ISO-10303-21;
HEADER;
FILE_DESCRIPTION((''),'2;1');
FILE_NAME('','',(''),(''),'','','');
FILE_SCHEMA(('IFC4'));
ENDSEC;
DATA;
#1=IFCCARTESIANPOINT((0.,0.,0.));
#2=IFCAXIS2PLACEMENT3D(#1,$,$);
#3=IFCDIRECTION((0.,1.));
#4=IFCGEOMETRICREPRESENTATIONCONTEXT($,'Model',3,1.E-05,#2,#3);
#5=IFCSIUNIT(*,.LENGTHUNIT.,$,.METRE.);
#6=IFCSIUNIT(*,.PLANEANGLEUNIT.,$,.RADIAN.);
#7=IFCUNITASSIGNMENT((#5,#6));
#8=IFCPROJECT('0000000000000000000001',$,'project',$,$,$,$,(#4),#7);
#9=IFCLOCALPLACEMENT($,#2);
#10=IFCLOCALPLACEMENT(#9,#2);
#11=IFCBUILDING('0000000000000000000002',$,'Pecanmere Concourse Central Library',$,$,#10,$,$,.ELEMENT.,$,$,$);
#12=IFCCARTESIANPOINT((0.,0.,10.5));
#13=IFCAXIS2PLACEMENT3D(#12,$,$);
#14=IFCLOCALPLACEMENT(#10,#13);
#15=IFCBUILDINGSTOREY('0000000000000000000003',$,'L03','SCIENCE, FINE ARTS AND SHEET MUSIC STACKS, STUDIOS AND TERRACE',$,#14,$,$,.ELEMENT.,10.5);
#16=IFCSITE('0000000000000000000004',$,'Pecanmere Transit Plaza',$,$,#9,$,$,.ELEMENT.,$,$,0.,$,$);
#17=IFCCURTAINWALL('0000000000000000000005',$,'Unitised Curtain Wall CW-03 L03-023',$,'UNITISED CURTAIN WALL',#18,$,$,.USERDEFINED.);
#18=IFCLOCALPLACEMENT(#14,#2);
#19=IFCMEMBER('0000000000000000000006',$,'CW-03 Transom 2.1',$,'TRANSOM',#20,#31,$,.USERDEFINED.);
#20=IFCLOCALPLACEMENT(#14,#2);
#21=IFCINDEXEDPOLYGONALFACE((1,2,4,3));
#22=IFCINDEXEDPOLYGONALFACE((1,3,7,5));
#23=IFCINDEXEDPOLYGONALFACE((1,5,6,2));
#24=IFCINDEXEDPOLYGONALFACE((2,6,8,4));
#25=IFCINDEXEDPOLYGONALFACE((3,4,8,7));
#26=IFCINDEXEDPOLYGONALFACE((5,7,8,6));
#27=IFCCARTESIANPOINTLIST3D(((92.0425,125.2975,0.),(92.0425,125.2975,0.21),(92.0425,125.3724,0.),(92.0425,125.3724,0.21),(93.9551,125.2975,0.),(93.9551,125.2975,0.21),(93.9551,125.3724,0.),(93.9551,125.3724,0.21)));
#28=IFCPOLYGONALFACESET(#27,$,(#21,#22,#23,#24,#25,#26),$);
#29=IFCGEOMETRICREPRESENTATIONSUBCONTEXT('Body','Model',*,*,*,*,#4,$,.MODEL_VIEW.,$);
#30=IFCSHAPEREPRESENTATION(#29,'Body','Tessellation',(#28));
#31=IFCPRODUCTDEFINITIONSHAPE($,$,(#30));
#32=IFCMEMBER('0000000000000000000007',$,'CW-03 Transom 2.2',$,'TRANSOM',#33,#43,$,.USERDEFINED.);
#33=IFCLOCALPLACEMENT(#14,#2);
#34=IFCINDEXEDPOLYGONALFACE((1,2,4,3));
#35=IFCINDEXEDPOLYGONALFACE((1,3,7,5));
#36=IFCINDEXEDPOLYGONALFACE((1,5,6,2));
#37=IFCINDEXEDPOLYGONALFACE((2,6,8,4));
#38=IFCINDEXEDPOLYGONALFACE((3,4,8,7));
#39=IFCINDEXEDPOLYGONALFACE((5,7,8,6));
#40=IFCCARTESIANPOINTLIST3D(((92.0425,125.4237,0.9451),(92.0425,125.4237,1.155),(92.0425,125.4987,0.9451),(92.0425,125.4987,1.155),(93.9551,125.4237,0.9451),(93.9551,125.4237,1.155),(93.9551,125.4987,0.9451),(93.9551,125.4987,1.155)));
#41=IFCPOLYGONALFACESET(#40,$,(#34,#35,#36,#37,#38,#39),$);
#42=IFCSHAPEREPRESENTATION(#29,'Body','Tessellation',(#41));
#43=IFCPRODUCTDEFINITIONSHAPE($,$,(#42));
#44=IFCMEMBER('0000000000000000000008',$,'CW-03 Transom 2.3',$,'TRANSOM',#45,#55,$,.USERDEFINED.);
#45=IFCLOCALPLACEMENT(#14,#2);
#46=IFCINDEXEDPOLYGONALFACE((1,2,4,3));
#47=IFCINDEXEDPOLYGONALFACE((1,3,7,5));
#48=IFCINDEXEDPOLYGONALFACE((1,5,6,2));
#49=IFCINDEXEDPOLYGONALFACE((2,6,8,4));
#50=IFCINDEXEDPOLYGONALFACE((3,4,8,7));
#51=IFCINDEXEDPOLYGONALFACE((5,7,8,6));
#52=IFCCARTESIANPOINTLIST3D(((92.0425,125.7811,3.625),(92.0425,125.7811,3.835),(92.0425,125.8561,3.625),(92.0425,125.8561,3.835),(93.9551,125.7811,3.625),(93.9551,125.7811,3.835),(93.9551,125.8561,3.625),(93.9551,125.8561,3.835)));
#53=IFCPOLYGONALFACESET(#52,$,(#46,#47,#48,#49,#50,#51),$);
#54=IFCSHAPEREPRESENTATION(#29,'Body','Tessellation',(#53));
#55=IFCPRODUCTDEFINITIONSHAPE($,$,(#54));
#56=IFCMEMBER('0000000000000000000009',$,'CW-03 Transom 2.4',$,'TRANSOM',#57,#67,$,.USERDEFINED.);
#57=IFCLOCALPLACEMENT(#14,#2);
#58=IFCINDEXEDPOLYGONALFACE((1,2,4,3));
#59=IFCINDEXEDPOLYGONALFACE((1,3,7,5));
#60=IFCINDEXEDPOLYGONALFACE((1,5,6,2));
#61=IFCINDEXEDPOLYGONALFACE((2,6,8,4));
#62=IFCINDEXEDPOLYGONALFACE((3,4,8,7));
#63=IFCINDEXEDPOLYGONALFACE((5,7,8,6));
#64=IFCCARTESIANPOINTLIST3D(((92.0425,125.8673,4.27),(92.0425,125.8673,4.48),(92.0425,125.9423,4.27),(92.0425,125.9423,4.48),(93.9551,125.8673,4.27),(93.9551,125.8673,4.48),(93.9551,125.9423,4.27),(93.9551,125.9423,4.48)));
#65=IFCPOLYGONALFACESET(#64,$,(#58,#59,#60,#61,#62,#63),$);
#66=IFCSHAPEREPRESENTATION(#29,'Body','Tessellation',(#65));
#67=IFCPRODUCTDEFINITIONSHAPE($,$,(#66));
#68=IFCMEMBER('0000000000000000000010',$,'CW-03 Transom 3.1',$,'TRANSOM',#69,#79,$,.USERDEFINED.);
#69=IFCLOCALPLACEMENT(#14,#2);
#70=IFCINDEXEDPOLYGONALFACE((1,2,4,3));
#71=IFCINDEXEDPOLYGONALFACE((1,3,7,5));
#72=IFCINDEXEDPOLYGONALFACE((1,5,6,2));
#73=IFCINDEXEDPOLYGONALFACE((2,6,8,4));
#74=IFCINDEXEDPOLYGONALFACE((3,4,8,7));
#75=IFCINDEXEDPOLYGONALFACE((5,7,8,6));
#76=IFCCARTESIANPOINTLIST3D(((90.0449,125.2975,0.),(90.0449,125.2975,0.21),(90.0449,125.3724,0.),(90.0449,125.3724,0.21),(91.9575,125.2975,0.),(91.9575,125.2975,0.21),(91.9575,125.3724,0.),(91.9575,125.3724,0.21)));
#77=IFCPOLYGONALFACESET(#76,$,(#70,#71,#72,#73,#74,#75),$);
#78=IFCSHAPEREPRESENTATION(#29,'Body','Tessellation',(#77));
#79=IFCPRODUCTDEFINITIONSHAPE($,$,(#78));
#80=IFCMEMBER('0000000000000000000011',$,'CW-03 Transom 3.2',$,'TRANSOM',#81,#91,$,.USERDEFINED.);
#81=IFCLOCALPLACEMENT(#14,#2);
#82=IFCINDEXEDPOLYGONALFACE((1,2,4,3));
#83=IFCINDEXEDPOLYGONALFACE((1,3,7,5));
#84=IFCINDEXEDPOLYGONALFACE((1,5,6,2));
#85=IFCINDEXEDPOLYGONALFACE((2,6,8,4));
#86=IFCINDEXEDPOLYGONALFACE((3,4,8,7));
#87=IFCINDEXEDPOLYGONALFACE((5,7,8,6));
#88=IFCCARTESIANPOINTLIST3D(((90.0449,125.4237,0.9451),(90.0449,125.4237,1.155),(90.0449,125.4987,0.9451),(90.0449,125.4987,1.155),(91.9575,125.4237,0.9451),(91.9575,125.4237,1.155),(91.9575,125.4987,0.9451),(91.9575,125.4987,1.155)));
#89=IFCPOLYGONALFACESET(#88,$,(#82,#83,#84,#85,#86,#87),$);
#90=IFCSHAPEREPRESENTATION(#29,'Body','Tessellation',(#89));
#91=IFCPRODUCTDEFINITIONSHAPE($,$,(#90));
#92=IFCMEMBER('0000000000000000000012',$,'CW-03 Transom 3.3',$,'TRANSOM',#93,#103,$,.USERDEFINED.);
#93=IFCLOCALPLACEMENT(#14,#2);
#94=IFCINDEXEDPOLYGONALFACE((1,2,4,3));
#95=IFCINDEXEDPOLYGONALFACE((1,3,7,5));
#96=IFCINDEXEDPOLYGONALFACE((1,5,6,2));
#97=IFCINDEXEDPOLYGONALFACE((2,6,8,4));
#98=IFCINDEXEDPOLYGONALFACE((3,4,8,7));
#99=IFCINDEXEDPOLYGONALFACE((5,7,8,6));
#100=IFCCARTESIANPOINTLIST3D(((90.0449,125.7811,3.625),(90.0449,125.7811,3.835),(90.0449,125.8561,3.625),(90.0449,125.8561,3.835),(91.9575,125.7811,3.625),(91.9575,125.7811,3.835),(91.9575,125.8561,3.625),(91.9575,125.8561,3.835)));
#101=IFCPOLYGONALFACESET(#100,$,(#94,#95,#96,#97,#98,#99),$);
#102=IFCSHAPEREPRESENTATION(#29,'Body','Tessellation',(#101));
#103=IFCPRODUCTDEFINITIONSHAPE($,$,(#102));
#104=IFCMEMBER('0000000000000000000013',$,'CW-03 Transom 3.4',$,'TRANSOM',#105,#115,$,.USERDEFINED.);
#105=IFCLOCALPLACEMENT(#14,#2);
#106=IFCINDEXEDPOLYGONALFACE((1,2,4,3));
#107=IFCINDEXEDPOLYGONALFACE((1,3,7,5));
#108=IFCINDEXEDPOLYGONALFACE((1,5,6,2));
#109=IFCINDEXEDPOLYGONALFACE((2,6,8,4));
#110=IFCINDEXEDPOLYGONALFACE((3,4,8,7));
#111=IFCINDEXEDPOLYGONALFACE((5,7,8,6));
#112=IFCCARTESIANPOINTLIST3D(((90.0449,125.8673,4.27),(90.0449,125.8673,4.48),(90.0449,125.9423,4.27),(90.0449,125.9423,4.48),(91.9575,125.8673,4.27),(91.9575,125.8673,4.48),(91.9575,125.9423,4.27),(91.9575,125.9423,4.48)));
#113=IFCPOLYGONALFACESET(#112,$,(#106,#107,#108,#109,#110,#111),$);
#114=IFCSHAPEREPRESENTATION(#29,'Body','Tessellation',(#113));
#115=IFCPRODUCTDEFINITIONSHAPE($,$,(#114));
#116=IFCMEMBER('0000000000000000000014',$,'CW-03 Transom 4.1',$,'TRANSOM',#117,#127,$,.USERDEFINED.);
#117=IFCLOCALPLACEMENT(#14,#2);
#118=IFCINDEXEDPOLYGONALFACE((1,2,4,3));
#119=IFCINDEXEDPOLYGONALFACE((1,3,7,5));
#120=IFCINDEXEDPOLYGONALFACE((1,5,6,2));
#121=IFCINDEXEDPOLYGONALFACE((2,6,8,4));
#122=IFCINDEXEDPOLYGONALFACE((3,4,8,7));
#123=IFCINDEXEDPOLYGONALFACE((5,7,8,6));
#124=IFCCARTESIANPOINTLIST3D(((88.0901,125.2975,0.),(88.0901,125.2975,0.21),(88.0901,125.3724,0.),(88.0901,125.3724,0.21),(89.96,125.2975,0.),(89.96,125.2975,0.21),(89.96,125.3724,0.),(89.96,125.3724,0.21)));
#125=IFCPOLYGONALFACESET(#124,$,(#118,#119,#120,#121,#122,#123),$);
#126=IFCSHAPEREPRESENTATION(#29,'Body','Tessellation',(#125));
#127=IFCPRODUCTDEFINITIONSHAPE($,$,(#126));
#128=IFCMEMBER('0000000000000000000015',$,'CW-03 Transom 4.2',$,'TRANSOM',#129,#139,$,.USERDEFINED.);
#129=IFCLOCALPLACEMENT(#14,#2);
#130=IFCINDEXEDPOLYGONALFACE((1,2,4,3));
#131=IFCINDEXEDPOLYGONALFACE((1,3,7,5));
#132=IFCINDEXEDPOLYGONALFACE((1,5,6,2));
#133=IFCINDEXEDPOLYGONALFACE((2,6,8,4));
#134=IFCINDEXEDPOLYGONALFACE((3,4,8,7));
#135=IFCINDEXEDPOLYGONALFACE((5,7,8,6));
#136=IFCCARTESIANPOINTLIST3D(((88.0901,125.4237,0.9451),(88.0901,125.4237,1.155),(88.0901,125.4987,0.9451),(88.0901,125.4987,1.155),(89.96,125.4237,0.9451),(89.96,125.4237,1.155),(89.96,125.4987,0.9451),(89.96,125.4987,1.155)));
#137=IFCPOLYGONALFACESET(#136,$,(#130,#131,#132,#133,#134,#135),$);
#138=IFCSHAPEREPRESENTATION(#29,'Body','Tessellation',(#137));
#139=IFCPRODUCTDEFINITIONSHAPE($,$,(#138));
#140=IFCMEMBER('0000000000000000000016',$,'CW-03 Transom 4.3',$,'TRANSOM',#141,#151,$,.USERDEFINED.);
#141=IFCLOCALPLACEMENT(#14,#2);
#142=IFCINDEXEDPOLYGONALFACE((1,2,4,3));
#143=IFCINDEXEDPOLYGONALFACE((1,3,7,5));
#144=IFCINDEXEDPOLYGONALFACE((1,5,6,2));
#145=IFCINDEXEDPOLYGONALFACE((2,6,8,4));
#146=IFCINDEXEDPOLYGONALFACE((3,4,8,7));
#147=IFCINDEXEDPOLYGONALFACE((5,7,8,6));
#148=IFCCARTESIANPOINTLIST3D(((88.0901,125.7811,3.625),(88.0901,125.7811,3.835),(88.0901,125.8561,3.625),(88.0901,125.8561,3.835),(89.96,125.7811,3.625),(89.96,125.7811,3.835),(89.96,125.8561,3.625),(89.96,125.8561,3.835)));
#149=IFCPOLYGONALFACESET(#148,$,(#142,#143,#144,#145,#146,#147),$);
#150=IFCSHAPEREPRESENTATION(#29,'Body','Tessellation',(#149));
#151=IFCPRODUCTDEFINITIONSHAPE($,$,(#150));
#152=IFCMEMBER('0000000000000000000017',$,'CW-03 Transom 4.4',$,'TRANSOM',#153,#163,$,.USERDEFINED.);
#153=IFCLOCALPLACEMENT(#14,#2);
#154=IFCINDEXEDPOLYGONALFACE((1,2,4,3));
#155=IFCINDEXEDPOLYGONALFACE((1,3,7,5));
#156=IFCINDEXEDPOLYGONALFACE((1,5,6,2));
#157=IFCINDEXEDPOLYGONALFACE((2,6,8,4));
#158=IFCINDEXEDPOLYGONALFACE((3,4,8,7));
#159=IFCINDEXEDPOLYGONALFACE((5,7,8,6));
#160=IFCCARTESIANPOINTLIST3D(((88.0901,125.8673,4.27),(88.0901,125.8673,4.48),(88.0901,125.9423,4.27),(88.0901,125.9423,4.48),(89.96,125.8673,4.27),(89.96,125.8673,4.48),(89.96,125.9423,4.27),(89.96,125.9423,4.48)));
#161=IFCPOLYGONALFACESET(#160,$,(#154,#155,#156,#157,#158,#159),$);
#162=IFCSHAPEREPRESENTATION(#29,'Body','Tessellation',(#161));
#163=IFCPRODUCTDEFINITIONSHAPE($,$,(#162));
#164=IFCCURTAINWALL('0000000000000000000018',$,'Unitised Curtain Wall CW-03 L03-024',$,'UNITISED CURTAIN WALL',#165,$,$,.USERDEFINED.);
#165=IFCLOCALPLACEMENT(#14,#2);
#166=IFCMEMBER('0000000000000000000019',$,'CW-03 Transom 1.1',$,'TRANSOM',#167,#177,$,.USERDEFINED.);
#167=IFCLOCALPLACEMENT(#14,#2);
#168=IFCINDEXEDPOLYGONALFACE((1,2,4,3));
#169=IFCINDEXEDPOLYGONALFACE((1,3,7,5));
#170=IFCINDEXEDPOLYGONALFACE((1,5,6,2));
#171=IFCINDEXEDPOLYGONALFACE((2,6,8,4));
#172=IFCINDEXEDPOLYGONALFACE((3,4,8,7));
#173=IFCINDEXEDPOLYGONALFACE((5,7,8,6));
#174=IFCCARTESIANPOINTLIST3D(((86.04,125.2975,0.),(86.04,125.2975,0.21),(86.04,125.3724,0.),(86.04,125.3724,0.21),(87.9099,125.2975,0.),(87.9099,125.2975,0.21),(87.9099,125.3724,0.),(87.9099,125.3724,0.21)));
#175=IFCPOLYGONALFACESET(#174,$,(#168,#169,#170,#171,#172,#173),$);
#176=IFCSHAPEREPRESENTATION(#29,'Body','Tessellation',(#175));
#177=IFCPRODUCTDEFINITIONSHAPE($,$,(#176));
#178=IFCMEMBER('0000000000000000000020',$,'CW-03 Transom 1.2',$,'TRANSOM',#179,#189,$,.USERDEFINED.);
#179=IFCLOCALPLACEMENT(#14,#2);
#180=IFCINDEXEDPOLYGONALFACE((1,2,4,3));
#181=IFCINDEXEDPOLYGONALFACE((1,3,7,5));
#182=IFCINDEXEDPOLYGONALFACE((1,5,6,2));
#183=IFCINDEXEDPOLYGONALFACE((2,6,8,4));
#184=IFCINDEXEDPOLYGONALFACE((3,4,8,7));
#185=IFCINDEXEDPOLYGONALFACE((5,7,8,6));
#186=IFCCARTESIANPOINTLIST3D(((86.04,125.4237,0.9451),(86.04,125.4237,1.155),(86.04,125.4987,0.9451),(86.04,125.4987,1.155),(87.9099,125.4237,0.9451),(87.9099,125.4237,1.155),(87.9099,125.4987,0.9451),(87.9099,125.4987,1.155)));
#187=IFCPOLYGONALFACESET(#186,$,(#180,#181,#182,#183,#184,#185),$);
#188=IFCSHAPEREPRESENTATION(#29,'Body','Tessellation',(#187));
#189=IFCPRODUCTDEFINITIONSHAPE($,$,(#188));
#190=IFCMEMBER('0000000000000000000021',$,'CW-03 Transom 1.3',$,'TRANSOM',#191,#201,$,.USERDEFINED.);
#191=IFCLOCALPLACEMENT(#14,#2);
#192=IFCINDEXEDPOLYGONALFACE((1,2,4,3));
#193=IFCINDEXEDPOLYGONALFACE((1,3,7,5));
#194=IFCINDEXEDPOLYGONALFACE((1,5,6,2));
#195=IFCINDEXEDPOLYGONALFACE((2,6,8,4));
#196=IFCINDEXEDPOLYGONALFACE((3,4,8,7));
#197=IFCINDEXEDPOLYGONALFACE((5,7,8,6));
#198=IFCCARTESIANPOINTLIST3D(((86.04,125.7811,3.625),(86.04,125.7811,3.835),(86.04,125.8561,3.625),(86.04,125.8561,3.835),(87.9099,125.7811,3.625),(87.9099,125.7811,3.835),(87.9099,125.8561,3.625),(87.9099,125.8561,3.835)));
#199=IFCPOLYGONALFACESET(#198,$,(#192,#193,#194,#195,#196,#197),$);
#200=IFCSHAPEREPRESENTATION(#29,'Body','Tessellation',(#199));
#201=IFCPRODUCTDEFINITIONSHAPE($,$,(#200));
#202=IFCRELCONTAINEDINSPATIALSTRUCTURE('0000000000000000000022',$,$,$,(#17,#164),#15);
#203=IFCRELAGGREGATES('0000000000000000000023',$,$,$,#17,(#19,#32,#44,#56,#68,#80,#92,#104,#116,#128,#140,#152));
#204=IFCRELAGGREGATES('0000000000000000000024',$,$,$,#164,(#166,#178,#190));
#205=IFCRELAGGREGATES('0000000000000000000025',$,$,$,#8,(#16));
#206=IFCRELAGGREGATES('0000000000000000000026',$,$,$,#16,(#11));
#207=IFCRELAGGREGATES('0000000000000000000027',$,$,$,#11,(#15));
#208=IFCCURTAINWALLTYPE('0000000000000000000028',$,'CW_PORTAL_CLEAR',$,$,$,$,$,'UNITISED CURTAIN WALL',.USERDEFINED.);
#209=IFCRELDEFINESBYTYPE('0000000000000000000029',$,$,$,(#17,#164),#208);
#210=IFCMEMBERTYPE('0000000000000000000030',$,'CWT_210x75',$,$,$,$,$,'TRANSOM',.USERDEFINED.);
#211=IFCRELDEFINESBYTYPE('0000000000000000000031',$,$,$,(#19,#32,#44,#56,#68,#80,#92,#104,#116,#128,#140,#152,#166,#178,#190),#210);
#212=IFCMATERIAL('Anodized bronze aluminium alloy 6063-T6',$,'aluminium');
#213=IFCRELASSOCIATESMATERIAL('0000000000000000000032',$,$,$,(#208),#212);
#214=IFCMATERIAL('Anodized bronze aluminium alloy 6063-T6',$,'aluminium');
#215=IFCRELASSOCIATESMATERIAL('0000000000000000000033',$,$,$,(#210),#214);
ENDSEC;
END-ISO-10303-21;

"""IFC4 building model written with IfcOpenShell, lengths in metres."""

from ifc_helpers import new_model, si_unit, direction, frame, origin, origin_2d, place, context, subcontext, project, spatial, rectangle, extrude, material, material_profile, profile_set, type_object, element, aggregate, save


model = new_model("IFC4")

# Units and contexts
model_context = context("Model", 3, precision=1e-05, world=origin(), true_north=direction((0.0, 1.0)))
body_context = subcontext(model_context, "Body", "Model", "MODEL_VIEW")
ifc_project = project(units=[si_unit("LENGTHUNIT", "METRE"), si_unit("PLANEANGLEUNIT", "RADIAN")], contexts=[model_context])

# Site, building, storey
site_placement = place(None, origin())
site = spatial("IfcSite", under=ifc_project, at=site_placement, Name="Pecanmere Transit Plaza", CompositionType="ELEMENT", RefElevation=0.0)
building_placement = place(site_placement, origin())
building = spatial("IfcBuilding", under=site, at=building_placement, Name="Pecanmere Concourse Central Library", CompositionType="ELEMENT")
storey_placement = place(building_placement, frame((0.0, 0.0, 10.5)))
storey = spatial("IfcBuildingStorey", under=building, at=storey_placement, Name="L03", Description="SCIENCE, FINE ARTS AND SHEET MUSIC STACKS, STUDIOS AND TERRACE", CompositionType="ELEMENT", Elevation=10.5)

# Curtain walls, members
ifc_material_1 = material(Name="Anodized bronze aluminium alloy 6063-T6", Category="aluminium")
curtain_wall_type = type_object("IfcCurtainWallType", Name="CW_PORTAL_CLEAR", ElementType="UNITISED CURTAIN WALL", PredefinedType="USERDEFINED", material=ifc_material_1)
curtain_wall_1_placement = place(storey_placement, origin())
curtain_wall_1 = element("IfcCurtainWall", 1, at=curtain_wall_1_placement, inside=storey, type_object=curtain_wall_type, Name="Unitised Curtain Wall CW-03 L03-023", ObjectType="UNITISED CURTAIN WALL", PredefinedType="USERDEFINED")
ifc_material_2 = material(Name="Anodized bronze aluminium alloy 6063-T6", Category="aluminium")
ifc_material_profile = material_profile(ifc_material_2, rectangle(XDim=0.075, YDim=0.21, at=origin_2d()), Name="AL 75x210")
ifc_profile_set = profile_set([ifc_material_profile], Name="Anodized bronze aluminium alloy 6063-T6")
member_type = type_object("IfcMemberType", Name="CWT_210x75", ElementType="TRANSOM", PredefinedType="USERDEFINED", material=ifc_profile_set)
member_1_placement = place(storey_placement, frame((93.9551, 125.335, 0.105), z_axis=(-1.0, 0.0, 0.0), x_axis=(0.0, -1.0, 0.0)))
member_1 = element("IfcMember", 2, at=member_1_placement, type_object=member_type, Name="CW-03 Transom 2.1", ObjectType="TRANSOM", PredefinedType="USERDEFINED", context=body_context, shape_type="SweptSolid", body=[
    extrude(rectangle(XDim=0.075, YDim=0.21, at=origin_2d()), origin(), (0.0, 0.0, 1.0), 1.9126),
])
member_2_placement = place(storey_placement, frame((93.9551, 125.4612, 1.05), z_axis=(-1.0, 0.0, 0.0), x_axis=(0.0, -1.0, 0.0)))
member_2 = element("IfcMember", 3, at=member_2_placement, type_object=member_type, Name="CW-03 Transom 2.2", ObjectType="TRANSOM", PredefinedType="USERDEFINED", context=body_context, shape_type="SweptSolid", body=[
    extrude(rectangle(XDim=0.075, YDim=0.21, at=origin_2d()), origin(), (0.0, 0.0, 1.0), 1.9126),
])
member_3_placement = place(storey_placement, frame((93.9551, 125.8186, 3.73), z_axis=(-1.0, 0.0, 0.0), x_axis=(0.0, -1.0, 0.0)))
member_3 = element("IfcMember", 4, at=member_3_placement, type_object=member_type, Name="CW-03 Transom 2.3", ObjectType="TRANSOM", PredefinedType="USERDEFINED", context=body_context, shape_type="SweptSolid", body=[
    extrude(rectangle(XDim=0.075, YDim=0.21, at=origin_2d()), origin(), (0.0, 0.0, 1.0), 1.9126),
])
member_4_placement = place(storey_placement, frame((93.9551, 125.9048, 4.375), z_axis=(-1.0, 0.0, 0.0), x_axis=(0.0, -1.0, 0.0)))
member_4 = element("IfcMember", 5, at=member_4_placement, type_object=member_type, Name="CW-03 Transom 2.4", ObjectType="TRANSOM", PredefinedType="USERDEFINED", context=body_context, shape_type="SweptSolid", body=[
    extrude(rectangle(XDim=0.075, YDim=0.21, at=origin_2d()), origin(), (0.0, 0.0, 1.0), 1.9126),
])
member_5_placement = place(storey_placement, frame((91.9575, 125.335, 0.105), z_axis=(-1.0, 0.0, 0.0), x_axis=(0.0, -1.0, 0.0)))
member_5 = element("IfcMember", 6, at=member_5_placement, type_object=member_type, Name="CW-03 Transom 3.1", ObjectType="TRANSOM", PredefinedType="USERDEFINED", context=body_context, shape_type="SweptSolid", body=[
    extrude(rectangle(XDim=0.075, YDim=0.21, at=origin_2d()), origin(), (0.0, 0.0, 1.0), 1.9126),
])
member_6_placement = place(storey_placement, frame((91.9575, 125.4612, 1.05), z_axis=(-1.0, 0.0, 0.0), x_axis=(0.0, -1.0, 0.0)))
member_6 = element("IfcMember", 7, at=member_6_placement, type_object=member_type, Name="CW-03 Transom 3.2", ObjectType="TRANSOM", PredefinedType="USERDEFINED", context=body_context, shape_type="SweptSolid", body=[
    extrude(rectangle(XDim=0.075, YDim=0.21, at=origin_2d()), origin(), (0.0, 0.0, 1.0), 1.9126),
])
member_7_placement = place(storey_placement, frame((91.9575, 125.8186, 3.73), z_axis=(-1.0, 0.0, 0.0), x_axis=(0.0, -1.0, 0.0)))
member_7 = element("IfcMember", 8, at=member_7_placement, type_object=member_type, Name="CW-03 Transom 3.3", ObjectType="TRANSOM", PredefinedType="USERDEFINED", context=body_context, shape_type="SweptSolid", body=[
    extrude(rectangle(XDim=0.075, YDim=0.21, at=origin_2d()), origin(), (0.0, 0.0, 1.0), 1.9126),
])
member_8_placement = place(storey_placement, frame((91.9575, 125.9048, 4.375), z_axis=(-1.0, 0.0, 0.0), x_axis=(0.0, -1.0, 0.0)))
member_8 = element("IfcMember", 9, at=member_8_placement, type_object=member_type, Name="CW-03 Transom 3.4", ObjectType="TRANSOM", PredefinedType="USERDEFINED", context=body_context, shape_type="SweptSolid", body=[
    extrude(rectangle(XDim=0.075, YDim=0.21, at=origin_2d()), origin(), (0.0, 0.0, 1.0), 1.9126),
])
member_9_placement = place(storey_placement, frame((89.96, 125.335, 0.105), z_axis=(-1.0, 0.0, 0.0), x_axis=(0.0, -1.0, 0.0)))
member_9 = element("IfcMember", 10, at=member_9_placement, type_object=member_type, Name="CW-03 Transom 4.1", ObjectType="TRANSOM", PredefinedType="USERDEFINED", context=body_context, shape_type="SweptSolid", body=[
    extrude(rectangle(XDim=0.075, YDim=0.21, at=origin_2d()), origin(), (0.0, 0.0, 1.0), 1.8699),
])
member_10_placement = place(storey_placement, frame((89.96, 125.4612, 1.05), z_axis=(-1.0, 0.0, 0.0), x_axis=(0.0, -1.0, 0.0)))
member_10 = element("IfcMember", 11, at=member_10_placement, type_object=member_type, Name="CW-03 Transom 4.2", ObjectType="TRANSOM", PredefinedType="USERDEFINED", context=body_context, shape_type="SweptSolid", body=[
    extrude(rectangle(XDim=0.075, YDim=0.21, at=origin_2d()), origin(), (0.0, 0.0, 1.0), 1.8699),
])
member_11_placement = place(storey_placement, frame((89.96, 125.8186, 3.73), z_axis=(-1.0, 0.0, 0.0), x_axis=(0.0, -1.0, 0.0)))
member_11 = element("IfcMember", 12, at=member_11_placement, type_object=member_type, Name="CW-03 Transom 4.3", ObjectType="TRANSOM", PredefinedType="USERDEFINED", context=body_context, shape_type="SweptSolid", body=[
    extrude(rectangle(XDim=0.075, YDim=0.21, at=origin_2d()), origin(), (0.0, 0.0, 1.0), 1.8699),
])
member_12_placement = place(storey_placement, frame((89.96, 125.9048, 4.375), z_axis=(-1.0, 0.0, 0.0), x_axis=(0.0, -1.0, 0.0)))
member_12 = element("IfcMember", 13, at=member_12_placement, type_object=member_type, Name="CW-03 Transom 4.4", ObjectType="TRANSOM", PredefinedType="USERDEFINED", context=body_context, shape_type="SweptSolid", body=[
    extrude(rectangle(XDim=0.075, YDim=0.21, at=origin_2d()), origin(), (0.0, 0.0, 1.0), 1.8699),
])
curtain_wall_2_placement = place(storey_placement, origin())
curtain_wall_2 = element("IfcCurtainWall", 14, at=curtain_wall_2_placement, inside=storey, type_object=curtain_wall_type, Name="Unitised Curtain Wall CW-03 L03-024", ObjectType="UNITISED CURTAIN WALL", PredefinedType="USERDEFINED")
member_13_placement = place(storey_placement, frame((87.9099, 125.335, 0.105), z_axis=(-1.0, 0.0, 0.0), x_axis=(0.0, -1.0, 0.0)))
member_13 = element("IfcMember", 15, at=member_13_placement, type_object=member_type, Name="CW-03 Transom 1.1", ObjectType="TRANSOM", PredefinedType="USERDEFINED", context=body_context, shape_type="SweptSolid", body=[
    extrude(rectangle(XDim=0.075, YDim=0.21, at=origin_2d()), origin(), (0.0, 0.0, 1.0), 1.8699),
])
member_14_placement = place(storey_placement, frame((87.9099, 125.4612, 1.05), z_axis=(-1.0, 0.0, 0.0), x_axis=(0.0, -1.0, 0.0)))
member_14 = element("IfcMember", 16, at=member_14_placement, type_object=member_type, Name="CW-03 Transom 1.2", ObjectType="TRANSOM", PredefinedType="USERDEFINED", context=body_context, shape_type="SweptSolid", body=[
    extrude(rectangle(XDim=0.075, YDim=0.21, at=origin_2d()), origin(), (0.0, 0.0, 1.0), 1.8699),
])
member_15_placement = place(storey_placement, frame((87.9099, 125.8186, 3.73), z_axis=(-1.0, 0.0, 0.0), x_axis=(0.0, -1.0, 0.0)))
member_15 = element("IfcMember", 17, at=member_15_placement, type_object=member_type, Name="CW-03 Transom 1.3", ObjectType="TRANSOM", PredefinedType="USERDEFINED", context=body_context, shape_type="SweptSolid", body=[
    extrude(rectangle(XDim=0.075, YDim=0.21, at=origin_2d()), origin(), (0.0, 0.0, 1.0), 1.8699),
])

aggregate(curtain_wall_1, [member_1, member_2, member_3, member_4, member_5, member_6, member_7, member_8, member_9, member_10, member_11, member_12])
aggregate(curtain_wall_2, [member_13, member_14, member_15])

save(model, "model.ifc")
